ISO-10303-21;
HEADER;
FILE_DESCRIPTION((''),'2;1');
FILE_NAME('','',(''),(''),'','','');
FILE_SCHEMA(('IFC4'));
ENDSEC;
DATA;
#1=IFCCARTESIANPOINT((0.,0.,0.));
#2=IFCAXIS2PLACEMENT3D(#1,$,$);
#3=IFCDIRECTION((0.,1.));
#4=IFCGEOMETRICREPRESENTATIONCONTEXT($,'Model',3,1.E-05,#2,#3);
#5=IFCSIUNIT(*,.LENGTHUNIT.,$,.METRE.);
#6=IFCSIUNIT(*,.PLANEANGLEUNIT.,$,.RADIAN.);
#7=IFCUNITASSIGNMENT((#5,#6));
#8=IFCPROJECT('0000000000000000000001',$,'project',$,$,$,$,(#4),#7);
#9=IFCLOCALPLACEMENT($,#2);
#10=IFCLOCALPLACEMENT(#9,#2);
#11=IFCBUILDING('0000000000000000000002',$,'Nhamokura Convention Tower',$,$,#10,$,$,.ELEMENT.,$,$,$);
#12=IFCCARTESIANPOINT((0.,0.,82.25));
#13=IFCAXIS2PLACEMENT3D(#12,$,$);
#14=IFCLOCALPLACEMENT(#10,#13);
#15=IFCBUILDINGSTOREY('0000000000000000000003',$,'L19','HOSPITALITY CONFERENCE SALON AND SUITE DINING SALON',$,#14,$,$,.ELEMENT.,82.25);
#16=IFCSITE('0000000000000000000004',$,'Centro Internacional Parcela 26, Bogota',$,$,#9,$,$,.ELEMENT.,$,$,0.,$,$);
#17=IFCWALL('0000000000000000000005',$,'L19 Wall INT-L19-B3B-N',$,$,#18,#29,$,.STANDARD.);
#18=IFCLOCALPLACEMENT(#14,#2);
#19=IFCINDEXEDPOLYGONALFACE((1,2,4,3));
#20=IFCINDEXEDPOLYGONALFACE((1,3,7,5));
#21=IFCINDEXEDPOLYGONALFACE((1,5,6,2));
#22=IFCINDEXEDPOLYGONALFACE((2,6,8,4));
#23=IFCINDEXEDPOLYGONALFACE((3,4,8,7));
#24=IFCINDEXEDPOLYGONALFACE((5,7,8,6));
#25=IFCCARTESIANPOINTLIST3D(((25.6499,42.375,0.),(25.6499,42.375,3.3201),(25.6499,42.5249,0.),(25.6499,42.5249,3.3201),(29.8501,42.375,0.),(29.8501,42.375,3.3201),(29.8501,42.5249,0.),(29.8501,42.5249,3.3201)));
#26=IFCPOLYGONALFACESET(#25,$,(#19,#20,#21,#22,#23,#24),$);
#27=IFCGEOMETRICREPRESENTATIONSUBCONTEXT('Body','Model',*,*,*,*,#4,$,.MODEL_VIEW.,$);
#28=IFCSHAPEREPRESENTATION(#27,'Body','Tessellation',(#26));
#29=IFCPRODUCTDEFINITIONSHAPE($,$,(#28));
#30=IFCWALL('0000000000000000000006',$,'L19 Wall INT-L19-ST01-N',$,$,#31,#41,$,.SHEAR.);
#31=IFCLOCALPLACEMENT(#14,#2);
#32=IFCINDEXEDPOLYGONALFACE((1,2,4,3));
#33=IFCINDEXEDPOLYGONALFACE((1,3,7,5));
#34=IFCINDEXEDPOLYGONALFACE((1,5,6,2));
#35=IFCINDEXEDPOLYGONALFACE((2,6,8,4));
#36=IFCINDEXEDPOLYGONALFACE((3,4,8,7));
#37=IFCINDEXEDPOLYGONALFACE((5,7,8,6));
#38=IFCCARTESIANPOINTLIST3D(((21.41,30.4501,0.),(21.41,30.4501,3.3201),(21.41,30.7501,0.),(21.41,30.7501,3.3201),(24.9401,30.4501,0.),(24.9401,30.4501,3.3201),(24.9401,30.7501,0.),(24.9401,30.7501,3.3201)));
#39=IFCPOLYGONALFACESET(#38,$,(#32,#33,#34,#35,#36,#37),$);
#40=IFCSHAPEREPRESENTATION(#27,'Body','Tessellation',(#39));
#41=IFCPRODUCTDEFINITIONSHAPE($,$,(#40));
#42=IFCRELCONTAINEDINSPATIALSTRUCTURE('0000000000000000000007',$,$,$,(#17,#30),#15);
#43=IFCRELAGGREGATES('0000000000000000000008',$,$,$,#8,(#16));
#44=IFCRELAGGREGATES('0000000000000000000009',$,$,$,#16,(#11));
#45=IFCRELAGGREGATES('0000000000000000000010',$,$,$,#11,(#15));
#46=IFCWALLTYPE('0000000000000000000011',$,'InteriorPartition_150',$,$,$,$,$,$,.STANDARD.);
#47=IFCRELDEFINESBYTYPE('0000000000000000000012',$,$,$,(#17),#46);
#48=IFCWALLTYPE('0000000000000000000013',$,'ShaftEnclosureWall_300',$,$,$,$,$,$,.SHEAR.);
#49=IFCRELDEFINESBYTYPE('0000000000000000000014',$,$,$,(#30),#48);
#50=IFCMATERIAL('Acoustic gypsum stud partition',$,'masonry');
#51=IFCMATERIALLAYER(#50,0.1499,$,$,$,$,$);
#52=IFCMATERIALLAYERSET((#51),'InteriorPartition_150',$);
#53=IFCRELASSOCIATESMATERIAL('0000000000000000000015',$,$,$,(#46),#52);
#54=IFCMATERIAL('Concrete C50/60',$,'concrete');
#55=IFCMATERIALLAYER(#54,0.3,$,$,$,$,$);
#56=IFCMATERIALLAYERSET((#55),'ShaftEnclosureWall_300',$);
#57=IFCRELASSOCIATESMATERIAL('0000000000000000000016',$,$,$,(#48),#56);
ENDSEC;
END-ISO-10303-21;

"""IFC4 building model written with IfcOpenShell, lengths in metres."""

from ifc_helpers import new_model, si_unit, direction, frame, frame_2d, origin, place, context, subcontext, project, spatial, rectangle, extrude, material, layer, layer_set, type_object, element, save


model = new_model("IFC4")

# Units and contexts
model_context = context("Model", 3, precision=1e-05, world=origin(), true_north=direction((0.0, 1.0)))
body_context = subcontext(model_context, "Body", "Model", "MODEL_VIEW")
ifc_project = project(units=[si_unit("LENGTHUNIT", "METRE"), si_unit("PLANEANGLEUNIT", "RADIAN")], contexts=[model_context])

# Site, building, storey
site_placement = place(None, origin())
site = spatial("IfcSite", under=ifc_project, at=site_placement, Name="Centro Internacional Parcela 26, Bogota", CompositionType="ELEMENT", RefElevation=0.0)
building_placement = place(site_placement, origin())
building = spatial("IfcBuilding", under=site, at=building_placement, Name="Nhamokura Convention Tower", CompositionType="ELEMENT")
storey_placement = place(building_placement, frame((0.0, 0.0, 82.25)))
storey = spatial("IfcBuildingStorey", under=building, at=storey_placement, Name="L19", Description="HOSPITALITY CONFERENCE SALON AND SUITE DINING SALON", CompositionType="ELEMENT", Elevation=82.25)

# Walls
ifc_material_1 = material(Name="Acoustic gypsum stud partition", Category="masonry")
ifc_layer_1 = layer(ifc_material_1, 0.1499)
ifc_layer_set_1 = layer_set([ifc_layer_1], Name="InteriorPartition_150")
wall_type_1 = type_object("IfcWallType", Name="InteriorPartition_150", PredefinedType="STANDARD", material=ifc_layer_set_1)
for number, where, z_axis, x_axis, name in (
    (1, (25.6499, 42.45, 0.0), (0.0, 0.0, 1.0), (1.0, 0.0, 0.0), "L19 Wall INT-L19-B3B-N"),
):
    element("IfcWall", number, at=place(storey_placement, frame(where, z_axis=z_axis, x_axis=x_axis)), inside=storey, type_object=wall_type_1, Name=name, PredefinedType="STANDARD", context=body_context, shape_type="SweptSolid", body=[
        extrude(rectangle(XDim=4.2002, YDim=0.1499, at=frame_2d((2.1001, 0.0))), origin(), (0.0, 0.0, 1.0), 3.3201),
    ])
ifc_material_2 = material(Name="Concrete C50/60", Category="concrete")
ifc_layer_2 = layer(ifc_material_2, 0.3)
ifc_layer_set_2 = layer_set([ifc_layer_2], Name="ShaftEnclosureWall_300")
wall_type_2 = type_object("IfcWallType", Name="ShaftEnclosureWall_300", PredefinedType="SHEAR", material=ifc_layer_set_2)
wall_1_placement = place(storey_placement, frame((21.4099, 30.6001, 0.0), z_axis=(0.0, 0.0, 1.0), x_axis=(1.0, 0.0, 0.0)))
element("IfcWall", 2, at=wall_1_placement, inside=storey, type_object=wall_type_2, Name="L19 Wall INT-L19-ST01-N", PredefinedType="SHEAR", context=body_context, shape_type="SweptSolid", body=[
    extrude(rectangle(XDim=3.53, YDim=0.3, at=frame_2d((1.7651, 0.0))), origin(), (0.0, 0.0, 1.0), 3.3201),
])

save(model, "model.ifc")
